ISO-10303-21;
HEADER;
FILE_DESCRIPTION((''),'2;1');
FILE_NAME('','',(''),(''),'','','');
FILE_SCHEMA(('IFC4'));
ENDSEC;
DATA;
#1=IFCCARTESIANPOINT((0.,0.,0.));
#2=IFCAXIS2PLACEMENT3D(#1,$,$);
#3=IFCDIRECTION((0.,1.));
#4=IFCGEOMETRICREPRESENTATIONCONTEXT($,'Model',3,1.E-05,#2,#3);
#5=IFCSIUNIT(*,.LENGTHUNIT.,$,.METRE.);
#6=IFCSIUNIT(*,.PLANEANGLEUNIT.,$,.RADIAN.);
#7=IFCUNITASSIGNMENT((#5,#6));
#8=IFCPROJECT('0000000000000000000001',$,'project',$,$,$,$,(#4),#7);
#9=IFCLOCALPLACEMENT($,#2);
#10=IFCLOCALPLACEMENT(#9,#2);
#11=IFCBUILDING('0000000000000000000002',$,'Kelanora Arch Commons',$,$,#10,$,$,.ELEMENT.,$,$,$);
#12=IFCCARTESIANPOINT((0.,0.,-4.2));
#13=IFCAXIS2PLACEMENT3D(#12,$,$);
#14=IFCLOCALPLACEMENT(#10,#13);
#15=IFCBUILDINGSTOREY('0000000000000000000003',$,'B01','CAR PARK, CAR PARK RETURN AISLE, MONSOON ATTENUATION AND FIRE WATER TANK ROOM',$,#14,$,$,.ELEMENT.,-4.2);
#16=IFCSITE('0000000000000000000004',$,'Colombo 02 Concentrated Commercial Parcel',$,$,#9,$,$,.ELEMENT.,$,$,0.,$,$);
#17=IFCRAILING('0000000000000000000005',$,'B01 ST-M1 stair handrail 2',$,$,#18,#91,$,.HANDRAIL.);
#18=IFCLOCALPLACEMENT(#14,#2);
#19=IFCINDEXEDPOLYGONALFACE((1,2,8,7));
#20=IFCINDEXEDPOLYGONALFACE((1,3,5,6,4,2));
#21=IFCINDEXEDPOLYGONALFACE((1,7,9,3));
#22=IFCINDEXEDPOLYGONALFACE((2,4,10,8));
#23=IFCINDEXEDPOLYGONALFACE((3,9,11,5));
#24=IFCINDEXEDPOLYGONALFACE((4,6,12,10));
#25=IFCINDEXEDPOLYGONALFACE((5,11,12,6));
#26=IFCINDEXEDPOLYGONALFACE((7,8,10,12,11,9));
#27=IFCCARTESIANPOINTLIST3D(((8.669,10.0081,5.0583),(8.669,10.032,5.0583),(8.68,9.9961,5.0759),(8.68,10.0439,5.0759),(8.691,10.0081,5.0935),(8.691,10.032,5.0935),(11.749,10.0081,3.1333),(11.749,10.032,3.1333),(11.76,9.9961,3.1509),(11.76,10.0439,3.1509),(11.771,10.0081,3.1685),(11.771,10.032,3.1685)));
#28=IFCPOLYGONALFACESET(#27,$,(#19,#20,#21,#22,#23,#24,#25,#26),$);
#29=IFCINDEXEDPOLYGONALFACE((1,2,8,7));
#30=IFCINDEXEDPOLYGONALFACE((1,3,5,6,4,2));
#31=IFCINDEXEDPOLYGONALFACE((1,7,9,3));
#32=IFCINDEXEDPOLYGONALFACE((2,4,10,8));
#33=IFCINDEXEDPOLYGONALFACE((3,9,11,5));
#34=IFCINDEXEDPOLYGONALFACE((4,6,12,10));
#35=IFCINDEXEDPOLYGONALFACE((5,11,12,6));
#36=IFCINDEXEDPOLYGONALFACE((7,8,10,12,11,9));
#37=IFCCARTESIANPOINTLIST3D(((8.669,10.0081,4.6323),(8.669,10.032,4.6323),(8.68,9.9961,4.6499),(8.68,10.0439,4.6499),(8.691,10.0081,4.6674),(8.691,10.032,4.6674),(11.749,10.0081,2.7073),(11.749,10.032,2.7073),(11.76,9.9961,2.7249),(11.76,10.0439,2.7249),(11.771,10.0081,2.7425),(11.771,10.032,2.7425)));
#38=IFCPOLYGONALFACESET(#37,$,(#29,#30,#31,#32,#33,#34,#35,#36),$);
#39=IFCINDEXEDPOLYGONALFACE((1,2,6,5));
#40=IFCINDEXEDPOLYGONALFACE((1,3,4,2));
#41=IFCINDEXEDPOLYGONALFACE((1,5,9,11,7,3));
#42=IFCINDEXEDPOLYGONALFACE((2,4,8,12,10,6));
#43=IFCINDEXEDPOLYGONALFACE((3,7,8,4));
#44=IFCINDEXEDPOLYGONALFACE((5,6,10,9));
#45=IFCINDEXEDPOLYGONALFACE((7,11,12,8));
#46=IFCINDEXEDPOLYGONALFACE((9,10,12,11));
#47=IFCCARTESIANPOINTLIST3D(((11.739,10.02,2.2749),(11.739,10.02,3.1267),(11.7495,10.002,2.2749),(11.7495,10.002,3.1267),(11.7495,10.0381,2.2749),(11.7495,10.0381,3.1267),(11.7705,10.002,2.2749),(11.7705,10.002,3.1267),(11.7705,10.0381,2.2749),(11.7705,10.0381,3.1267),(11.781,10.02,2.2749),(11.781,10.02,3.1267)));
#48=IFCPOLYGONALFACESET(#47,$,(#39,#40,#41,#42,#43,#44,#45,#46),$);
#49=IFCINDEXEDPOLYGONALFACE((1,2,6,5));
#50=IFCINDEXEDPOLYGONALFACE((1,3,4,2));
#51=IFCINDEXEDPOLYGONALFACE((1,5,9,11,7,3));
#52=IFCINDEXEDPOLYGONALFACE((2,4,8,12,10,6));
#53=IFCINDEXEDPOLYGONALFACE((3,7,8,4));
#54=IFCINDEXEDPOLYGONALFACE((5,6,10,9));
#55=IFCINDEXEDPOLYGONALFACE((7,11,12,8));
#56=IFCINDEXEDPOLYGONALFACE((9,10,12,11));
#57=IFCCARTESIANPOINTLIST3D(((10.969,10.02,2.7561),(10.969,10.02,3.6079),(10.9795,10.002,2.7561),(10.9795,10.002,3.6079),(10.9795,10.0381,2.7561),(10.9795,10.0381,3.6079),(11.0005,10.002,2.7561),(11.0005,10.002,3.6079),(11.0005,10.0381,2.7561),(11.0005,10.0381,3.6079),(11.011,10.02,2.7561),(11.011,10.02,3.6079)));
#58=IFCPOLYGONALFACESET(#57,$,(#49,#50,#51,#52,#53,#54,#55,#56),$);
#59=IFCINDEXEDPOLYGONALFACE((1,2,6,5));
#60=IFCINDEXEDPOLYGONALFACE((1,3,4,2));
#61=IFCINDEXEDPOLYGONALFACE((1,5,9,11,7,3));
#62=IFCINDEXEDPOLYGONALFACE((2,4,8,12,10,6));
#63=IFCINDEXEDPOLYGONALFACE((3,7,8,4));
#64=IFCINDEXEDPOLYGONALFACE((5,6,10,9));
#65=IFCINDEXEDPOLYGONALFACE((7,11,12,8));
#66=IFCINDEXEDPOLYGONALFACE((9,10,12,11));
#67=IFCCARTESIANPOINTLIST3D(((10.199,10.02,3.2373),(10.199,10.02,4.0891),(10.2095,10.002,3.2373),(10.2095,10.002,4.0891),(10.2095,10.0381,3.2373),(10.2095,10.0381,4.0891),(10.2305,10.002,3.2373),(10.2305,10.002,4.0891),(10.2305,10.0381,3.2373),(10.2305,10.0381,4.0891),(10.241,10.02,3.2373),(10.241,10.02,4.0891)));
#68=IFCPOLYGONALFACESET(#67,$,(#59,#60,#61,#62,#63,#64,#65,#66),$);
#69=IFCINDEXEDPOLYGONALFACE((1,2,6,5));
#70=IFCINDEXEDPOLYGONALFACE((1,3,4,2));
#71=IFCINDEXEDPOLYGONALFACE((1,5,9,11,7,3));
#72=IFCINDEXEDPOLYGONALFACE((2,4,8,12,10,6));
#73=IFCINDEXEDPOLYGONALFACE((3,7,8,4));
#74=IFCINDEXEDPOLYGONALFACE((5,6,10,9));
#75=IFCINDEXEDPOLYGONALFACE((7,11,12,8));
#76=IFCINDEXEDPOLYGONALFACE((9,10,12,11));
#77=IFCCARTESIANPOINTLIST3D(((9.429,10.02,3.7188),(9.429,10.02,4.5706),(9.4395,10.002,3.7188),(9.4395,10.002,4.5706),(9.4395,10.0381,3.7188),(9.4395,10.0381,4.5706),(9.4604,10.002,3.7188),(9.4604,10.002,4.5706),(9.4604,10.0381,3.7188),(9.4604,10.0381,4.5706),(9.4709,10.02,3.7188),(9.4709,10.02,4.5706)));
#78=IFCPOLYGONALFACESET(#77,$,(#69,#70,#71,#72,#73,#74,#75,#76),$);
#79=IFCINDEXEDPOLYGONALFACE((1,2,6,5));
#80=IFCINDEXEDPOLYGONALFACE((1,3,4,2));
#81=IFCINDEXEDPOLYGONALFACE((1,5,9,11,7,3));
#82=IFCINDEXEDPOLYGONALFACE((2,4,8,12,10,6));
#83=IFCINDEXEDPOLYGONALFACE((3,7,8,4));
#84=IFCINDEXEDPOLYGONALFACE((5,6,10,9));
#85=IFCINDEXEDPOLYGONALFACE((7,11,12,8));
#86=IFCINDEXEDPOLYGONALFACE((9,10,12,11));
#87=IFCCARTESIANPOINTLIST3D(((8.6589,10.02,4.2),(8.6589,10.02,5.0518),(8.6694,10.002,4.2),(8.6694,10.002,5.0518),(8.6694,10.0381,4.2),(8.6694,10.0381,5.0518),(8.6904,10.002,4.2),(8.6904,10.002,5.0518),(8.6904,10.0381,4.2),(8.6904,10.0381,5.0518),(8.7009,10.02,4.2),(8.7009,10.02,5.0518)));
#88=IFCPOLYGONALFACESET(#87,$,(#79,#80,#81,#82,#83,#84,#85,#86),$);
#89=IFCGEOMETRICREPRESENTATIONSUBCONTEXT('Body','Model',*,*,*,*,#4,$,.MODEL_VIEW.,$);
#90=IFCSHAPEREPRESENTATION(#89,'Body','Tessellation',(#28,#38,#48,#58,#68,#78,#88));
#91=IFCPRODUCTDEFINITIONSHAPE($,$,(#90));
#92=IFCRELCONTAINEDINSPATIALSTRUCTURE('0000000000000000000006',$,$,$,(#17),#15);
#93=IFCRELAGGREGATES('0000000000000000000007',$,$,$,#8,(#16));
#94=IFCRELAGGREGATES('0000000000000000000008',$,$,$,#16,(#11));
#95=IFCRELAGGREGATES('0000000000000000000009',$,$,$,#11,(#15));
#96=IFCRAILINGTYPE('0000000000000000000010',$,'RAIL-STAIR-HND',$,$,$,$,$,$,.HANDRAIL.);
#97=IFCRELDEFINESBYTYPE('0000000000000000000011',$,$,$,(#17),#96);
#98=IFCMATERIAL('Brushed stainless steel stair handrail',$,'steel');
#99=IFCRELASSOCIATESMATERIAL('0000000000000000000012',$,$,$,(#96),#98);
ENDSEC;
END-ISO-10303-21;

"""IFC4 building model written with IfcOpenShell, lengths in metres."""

from ifc_helpers import new_model, si_unit, direction, frame, origin, place, context, subcontext, project, spatial, polyline, outline, extrude, material, type_object, element, save


model = new_model("IFC4")

# Units and contexts
model_context = context("Model", 3, precision=1e-05, world=origin(), true_north=direction((0.0, 1.0)))
body_context = subcontext(model_context, "Body", "Model", "MODEL_VIEW")
ifc_project = project(units=[si_unit("LENGTHUNIT", "METRE"), si_unit("PLANEANGLEUNIT", "RADIAN")], contexts=[model_context])

# Site, building, storey
site_placement = place(None, origin())
site = spatial("IfcSite", under=ifc_project, at=site_placement, Name="Colombo 02 Concentrated Commercial Parcel", CompositionType="ELEMENT", RefElevation=0.0)
building_placement = place(site_placement, origin())
building = spatial("IfcBuilding", under=site, at=building_placement, Name="Kelanora Arch Commons", CompositionType="ELEMENT")
storey_placement = place(building_placement, frame((0.0, 0.0, -4.2)))
storey = spatial("IfcBuildingStorey", under=building, at=storey_placement, Name="B01", Description="CAR PARK, CAR PARK RETURN AISLE, MONSOON ATTENUATION AND FIRE WATER TANK ROOM", CompositionType="ELEMENT", Elevation=-4.2)

# Railing
ifc_material_1 = material(Name="Brushed stainless steel stair handrail", Category="steel")
railing_type_1 = type_object("IfcRailingType", Name="RAIL-STAIR-HND", PredefinedType="HANDRAIL", material=ifc_material_1)
railing_1_placement = place(storey_placement, frame((11.76, 10.02, 2.2749)))
element("IfcRailing", 1, at=railing_1_placement, inside=storey, type_object=railing_type_1, Name="B01 ST-M1 stair handrail 2", PredefinedType="HANDRAIL", context=body_context, shape_type="SweptSolid", body=[
    extrude(outline(polyline([(0.0239, 0.0), (0.012, 0.0208), (-0.012, 0.0208), (-0.0239, 0.0), (-0.012, -0.0208), (0.012, -0.0208), (0.0239, 0.0)])), frame((0.0, 0.0, 0.876), z_axis=(-0.847998, 0.0, 0.529999), x_axis=(0.0, -1.0, 0.0)), (0.0, 0.0, 1.0), 3.6321),
    extrude(outline(polyline([(0.0239, 0.0), (0.012, 0.0208), (-0.012, 0.0208), (-0.0239, 0.0), (-0.012, -0.0208), (0.012, -0.0208), (0.0239, 0.0)])), frame((0.0, 0.0, 0.45), z_axis=(-0.847998, 0.0, 0.529999), x_axis=(0.0, -1.0, 0.0)), (0.0, 0.0, 1.0), 3.6321),
    extrude(outline(polyline([(0.021, 0.0), (0.0105, 0.0181), (-0.0105, 0.0181), (-0.021, 0.0), (-0.0105, -0.0181), (0.0105, -0.0181), (0.021, 0.0)])), origin(), (0.0, 0.0, 1.0), 0.8518),
    extrude(outline(polyline([(0.021, 0.0), (0.0105, 0.0181), (-0.0105, 0.0181), (-0.021, 0.0), (-0.0105, -0.0181), (0.0105, -0.0181), (0.021, 0.0)])), frame((-0.77, 0.0, 0.4812)), (0.0, 0.0, 1.0), 0.8518),
    extrude(outline(polyline([(0.021, 0.0), (0.0105, 0.0181), (-0.0105, 0.0181), (-0.021, 0.0), (-0.0105, -0.0181), (0.0105, -0.0181), (0.021, 0.0)])), frame((-1.54, 0.0, 0.9624)), (0.0, 0.0, 1.0), 0.8518),
    extrude(outline(polyline([(0.021, 0.0), (0.0105, 0.0181), (-0.0105, 0.0181), (-0.021, 0.0), (-0.0105, -0.0181), (0.0105, -0.0181), (0.021, 0.0)])), frame((-2.3101, 0.0, 1.4438)), (0.0, 0.0, 1.0), 0.8518),
    extrude(outline(polyline([(0.021, 0.0), (0.0105, 0.0181), (-0.0105, 0.0181), (-0.021, 0.0), (-0.0105, -0.0181), (0.0105, -0.0181), (0.021, 0.0)])), frame((-3.0801, 0.0, 1.925)), (0.0, 0.0, 1.0), 0.8518),
])

save(model, "model.ifc")
